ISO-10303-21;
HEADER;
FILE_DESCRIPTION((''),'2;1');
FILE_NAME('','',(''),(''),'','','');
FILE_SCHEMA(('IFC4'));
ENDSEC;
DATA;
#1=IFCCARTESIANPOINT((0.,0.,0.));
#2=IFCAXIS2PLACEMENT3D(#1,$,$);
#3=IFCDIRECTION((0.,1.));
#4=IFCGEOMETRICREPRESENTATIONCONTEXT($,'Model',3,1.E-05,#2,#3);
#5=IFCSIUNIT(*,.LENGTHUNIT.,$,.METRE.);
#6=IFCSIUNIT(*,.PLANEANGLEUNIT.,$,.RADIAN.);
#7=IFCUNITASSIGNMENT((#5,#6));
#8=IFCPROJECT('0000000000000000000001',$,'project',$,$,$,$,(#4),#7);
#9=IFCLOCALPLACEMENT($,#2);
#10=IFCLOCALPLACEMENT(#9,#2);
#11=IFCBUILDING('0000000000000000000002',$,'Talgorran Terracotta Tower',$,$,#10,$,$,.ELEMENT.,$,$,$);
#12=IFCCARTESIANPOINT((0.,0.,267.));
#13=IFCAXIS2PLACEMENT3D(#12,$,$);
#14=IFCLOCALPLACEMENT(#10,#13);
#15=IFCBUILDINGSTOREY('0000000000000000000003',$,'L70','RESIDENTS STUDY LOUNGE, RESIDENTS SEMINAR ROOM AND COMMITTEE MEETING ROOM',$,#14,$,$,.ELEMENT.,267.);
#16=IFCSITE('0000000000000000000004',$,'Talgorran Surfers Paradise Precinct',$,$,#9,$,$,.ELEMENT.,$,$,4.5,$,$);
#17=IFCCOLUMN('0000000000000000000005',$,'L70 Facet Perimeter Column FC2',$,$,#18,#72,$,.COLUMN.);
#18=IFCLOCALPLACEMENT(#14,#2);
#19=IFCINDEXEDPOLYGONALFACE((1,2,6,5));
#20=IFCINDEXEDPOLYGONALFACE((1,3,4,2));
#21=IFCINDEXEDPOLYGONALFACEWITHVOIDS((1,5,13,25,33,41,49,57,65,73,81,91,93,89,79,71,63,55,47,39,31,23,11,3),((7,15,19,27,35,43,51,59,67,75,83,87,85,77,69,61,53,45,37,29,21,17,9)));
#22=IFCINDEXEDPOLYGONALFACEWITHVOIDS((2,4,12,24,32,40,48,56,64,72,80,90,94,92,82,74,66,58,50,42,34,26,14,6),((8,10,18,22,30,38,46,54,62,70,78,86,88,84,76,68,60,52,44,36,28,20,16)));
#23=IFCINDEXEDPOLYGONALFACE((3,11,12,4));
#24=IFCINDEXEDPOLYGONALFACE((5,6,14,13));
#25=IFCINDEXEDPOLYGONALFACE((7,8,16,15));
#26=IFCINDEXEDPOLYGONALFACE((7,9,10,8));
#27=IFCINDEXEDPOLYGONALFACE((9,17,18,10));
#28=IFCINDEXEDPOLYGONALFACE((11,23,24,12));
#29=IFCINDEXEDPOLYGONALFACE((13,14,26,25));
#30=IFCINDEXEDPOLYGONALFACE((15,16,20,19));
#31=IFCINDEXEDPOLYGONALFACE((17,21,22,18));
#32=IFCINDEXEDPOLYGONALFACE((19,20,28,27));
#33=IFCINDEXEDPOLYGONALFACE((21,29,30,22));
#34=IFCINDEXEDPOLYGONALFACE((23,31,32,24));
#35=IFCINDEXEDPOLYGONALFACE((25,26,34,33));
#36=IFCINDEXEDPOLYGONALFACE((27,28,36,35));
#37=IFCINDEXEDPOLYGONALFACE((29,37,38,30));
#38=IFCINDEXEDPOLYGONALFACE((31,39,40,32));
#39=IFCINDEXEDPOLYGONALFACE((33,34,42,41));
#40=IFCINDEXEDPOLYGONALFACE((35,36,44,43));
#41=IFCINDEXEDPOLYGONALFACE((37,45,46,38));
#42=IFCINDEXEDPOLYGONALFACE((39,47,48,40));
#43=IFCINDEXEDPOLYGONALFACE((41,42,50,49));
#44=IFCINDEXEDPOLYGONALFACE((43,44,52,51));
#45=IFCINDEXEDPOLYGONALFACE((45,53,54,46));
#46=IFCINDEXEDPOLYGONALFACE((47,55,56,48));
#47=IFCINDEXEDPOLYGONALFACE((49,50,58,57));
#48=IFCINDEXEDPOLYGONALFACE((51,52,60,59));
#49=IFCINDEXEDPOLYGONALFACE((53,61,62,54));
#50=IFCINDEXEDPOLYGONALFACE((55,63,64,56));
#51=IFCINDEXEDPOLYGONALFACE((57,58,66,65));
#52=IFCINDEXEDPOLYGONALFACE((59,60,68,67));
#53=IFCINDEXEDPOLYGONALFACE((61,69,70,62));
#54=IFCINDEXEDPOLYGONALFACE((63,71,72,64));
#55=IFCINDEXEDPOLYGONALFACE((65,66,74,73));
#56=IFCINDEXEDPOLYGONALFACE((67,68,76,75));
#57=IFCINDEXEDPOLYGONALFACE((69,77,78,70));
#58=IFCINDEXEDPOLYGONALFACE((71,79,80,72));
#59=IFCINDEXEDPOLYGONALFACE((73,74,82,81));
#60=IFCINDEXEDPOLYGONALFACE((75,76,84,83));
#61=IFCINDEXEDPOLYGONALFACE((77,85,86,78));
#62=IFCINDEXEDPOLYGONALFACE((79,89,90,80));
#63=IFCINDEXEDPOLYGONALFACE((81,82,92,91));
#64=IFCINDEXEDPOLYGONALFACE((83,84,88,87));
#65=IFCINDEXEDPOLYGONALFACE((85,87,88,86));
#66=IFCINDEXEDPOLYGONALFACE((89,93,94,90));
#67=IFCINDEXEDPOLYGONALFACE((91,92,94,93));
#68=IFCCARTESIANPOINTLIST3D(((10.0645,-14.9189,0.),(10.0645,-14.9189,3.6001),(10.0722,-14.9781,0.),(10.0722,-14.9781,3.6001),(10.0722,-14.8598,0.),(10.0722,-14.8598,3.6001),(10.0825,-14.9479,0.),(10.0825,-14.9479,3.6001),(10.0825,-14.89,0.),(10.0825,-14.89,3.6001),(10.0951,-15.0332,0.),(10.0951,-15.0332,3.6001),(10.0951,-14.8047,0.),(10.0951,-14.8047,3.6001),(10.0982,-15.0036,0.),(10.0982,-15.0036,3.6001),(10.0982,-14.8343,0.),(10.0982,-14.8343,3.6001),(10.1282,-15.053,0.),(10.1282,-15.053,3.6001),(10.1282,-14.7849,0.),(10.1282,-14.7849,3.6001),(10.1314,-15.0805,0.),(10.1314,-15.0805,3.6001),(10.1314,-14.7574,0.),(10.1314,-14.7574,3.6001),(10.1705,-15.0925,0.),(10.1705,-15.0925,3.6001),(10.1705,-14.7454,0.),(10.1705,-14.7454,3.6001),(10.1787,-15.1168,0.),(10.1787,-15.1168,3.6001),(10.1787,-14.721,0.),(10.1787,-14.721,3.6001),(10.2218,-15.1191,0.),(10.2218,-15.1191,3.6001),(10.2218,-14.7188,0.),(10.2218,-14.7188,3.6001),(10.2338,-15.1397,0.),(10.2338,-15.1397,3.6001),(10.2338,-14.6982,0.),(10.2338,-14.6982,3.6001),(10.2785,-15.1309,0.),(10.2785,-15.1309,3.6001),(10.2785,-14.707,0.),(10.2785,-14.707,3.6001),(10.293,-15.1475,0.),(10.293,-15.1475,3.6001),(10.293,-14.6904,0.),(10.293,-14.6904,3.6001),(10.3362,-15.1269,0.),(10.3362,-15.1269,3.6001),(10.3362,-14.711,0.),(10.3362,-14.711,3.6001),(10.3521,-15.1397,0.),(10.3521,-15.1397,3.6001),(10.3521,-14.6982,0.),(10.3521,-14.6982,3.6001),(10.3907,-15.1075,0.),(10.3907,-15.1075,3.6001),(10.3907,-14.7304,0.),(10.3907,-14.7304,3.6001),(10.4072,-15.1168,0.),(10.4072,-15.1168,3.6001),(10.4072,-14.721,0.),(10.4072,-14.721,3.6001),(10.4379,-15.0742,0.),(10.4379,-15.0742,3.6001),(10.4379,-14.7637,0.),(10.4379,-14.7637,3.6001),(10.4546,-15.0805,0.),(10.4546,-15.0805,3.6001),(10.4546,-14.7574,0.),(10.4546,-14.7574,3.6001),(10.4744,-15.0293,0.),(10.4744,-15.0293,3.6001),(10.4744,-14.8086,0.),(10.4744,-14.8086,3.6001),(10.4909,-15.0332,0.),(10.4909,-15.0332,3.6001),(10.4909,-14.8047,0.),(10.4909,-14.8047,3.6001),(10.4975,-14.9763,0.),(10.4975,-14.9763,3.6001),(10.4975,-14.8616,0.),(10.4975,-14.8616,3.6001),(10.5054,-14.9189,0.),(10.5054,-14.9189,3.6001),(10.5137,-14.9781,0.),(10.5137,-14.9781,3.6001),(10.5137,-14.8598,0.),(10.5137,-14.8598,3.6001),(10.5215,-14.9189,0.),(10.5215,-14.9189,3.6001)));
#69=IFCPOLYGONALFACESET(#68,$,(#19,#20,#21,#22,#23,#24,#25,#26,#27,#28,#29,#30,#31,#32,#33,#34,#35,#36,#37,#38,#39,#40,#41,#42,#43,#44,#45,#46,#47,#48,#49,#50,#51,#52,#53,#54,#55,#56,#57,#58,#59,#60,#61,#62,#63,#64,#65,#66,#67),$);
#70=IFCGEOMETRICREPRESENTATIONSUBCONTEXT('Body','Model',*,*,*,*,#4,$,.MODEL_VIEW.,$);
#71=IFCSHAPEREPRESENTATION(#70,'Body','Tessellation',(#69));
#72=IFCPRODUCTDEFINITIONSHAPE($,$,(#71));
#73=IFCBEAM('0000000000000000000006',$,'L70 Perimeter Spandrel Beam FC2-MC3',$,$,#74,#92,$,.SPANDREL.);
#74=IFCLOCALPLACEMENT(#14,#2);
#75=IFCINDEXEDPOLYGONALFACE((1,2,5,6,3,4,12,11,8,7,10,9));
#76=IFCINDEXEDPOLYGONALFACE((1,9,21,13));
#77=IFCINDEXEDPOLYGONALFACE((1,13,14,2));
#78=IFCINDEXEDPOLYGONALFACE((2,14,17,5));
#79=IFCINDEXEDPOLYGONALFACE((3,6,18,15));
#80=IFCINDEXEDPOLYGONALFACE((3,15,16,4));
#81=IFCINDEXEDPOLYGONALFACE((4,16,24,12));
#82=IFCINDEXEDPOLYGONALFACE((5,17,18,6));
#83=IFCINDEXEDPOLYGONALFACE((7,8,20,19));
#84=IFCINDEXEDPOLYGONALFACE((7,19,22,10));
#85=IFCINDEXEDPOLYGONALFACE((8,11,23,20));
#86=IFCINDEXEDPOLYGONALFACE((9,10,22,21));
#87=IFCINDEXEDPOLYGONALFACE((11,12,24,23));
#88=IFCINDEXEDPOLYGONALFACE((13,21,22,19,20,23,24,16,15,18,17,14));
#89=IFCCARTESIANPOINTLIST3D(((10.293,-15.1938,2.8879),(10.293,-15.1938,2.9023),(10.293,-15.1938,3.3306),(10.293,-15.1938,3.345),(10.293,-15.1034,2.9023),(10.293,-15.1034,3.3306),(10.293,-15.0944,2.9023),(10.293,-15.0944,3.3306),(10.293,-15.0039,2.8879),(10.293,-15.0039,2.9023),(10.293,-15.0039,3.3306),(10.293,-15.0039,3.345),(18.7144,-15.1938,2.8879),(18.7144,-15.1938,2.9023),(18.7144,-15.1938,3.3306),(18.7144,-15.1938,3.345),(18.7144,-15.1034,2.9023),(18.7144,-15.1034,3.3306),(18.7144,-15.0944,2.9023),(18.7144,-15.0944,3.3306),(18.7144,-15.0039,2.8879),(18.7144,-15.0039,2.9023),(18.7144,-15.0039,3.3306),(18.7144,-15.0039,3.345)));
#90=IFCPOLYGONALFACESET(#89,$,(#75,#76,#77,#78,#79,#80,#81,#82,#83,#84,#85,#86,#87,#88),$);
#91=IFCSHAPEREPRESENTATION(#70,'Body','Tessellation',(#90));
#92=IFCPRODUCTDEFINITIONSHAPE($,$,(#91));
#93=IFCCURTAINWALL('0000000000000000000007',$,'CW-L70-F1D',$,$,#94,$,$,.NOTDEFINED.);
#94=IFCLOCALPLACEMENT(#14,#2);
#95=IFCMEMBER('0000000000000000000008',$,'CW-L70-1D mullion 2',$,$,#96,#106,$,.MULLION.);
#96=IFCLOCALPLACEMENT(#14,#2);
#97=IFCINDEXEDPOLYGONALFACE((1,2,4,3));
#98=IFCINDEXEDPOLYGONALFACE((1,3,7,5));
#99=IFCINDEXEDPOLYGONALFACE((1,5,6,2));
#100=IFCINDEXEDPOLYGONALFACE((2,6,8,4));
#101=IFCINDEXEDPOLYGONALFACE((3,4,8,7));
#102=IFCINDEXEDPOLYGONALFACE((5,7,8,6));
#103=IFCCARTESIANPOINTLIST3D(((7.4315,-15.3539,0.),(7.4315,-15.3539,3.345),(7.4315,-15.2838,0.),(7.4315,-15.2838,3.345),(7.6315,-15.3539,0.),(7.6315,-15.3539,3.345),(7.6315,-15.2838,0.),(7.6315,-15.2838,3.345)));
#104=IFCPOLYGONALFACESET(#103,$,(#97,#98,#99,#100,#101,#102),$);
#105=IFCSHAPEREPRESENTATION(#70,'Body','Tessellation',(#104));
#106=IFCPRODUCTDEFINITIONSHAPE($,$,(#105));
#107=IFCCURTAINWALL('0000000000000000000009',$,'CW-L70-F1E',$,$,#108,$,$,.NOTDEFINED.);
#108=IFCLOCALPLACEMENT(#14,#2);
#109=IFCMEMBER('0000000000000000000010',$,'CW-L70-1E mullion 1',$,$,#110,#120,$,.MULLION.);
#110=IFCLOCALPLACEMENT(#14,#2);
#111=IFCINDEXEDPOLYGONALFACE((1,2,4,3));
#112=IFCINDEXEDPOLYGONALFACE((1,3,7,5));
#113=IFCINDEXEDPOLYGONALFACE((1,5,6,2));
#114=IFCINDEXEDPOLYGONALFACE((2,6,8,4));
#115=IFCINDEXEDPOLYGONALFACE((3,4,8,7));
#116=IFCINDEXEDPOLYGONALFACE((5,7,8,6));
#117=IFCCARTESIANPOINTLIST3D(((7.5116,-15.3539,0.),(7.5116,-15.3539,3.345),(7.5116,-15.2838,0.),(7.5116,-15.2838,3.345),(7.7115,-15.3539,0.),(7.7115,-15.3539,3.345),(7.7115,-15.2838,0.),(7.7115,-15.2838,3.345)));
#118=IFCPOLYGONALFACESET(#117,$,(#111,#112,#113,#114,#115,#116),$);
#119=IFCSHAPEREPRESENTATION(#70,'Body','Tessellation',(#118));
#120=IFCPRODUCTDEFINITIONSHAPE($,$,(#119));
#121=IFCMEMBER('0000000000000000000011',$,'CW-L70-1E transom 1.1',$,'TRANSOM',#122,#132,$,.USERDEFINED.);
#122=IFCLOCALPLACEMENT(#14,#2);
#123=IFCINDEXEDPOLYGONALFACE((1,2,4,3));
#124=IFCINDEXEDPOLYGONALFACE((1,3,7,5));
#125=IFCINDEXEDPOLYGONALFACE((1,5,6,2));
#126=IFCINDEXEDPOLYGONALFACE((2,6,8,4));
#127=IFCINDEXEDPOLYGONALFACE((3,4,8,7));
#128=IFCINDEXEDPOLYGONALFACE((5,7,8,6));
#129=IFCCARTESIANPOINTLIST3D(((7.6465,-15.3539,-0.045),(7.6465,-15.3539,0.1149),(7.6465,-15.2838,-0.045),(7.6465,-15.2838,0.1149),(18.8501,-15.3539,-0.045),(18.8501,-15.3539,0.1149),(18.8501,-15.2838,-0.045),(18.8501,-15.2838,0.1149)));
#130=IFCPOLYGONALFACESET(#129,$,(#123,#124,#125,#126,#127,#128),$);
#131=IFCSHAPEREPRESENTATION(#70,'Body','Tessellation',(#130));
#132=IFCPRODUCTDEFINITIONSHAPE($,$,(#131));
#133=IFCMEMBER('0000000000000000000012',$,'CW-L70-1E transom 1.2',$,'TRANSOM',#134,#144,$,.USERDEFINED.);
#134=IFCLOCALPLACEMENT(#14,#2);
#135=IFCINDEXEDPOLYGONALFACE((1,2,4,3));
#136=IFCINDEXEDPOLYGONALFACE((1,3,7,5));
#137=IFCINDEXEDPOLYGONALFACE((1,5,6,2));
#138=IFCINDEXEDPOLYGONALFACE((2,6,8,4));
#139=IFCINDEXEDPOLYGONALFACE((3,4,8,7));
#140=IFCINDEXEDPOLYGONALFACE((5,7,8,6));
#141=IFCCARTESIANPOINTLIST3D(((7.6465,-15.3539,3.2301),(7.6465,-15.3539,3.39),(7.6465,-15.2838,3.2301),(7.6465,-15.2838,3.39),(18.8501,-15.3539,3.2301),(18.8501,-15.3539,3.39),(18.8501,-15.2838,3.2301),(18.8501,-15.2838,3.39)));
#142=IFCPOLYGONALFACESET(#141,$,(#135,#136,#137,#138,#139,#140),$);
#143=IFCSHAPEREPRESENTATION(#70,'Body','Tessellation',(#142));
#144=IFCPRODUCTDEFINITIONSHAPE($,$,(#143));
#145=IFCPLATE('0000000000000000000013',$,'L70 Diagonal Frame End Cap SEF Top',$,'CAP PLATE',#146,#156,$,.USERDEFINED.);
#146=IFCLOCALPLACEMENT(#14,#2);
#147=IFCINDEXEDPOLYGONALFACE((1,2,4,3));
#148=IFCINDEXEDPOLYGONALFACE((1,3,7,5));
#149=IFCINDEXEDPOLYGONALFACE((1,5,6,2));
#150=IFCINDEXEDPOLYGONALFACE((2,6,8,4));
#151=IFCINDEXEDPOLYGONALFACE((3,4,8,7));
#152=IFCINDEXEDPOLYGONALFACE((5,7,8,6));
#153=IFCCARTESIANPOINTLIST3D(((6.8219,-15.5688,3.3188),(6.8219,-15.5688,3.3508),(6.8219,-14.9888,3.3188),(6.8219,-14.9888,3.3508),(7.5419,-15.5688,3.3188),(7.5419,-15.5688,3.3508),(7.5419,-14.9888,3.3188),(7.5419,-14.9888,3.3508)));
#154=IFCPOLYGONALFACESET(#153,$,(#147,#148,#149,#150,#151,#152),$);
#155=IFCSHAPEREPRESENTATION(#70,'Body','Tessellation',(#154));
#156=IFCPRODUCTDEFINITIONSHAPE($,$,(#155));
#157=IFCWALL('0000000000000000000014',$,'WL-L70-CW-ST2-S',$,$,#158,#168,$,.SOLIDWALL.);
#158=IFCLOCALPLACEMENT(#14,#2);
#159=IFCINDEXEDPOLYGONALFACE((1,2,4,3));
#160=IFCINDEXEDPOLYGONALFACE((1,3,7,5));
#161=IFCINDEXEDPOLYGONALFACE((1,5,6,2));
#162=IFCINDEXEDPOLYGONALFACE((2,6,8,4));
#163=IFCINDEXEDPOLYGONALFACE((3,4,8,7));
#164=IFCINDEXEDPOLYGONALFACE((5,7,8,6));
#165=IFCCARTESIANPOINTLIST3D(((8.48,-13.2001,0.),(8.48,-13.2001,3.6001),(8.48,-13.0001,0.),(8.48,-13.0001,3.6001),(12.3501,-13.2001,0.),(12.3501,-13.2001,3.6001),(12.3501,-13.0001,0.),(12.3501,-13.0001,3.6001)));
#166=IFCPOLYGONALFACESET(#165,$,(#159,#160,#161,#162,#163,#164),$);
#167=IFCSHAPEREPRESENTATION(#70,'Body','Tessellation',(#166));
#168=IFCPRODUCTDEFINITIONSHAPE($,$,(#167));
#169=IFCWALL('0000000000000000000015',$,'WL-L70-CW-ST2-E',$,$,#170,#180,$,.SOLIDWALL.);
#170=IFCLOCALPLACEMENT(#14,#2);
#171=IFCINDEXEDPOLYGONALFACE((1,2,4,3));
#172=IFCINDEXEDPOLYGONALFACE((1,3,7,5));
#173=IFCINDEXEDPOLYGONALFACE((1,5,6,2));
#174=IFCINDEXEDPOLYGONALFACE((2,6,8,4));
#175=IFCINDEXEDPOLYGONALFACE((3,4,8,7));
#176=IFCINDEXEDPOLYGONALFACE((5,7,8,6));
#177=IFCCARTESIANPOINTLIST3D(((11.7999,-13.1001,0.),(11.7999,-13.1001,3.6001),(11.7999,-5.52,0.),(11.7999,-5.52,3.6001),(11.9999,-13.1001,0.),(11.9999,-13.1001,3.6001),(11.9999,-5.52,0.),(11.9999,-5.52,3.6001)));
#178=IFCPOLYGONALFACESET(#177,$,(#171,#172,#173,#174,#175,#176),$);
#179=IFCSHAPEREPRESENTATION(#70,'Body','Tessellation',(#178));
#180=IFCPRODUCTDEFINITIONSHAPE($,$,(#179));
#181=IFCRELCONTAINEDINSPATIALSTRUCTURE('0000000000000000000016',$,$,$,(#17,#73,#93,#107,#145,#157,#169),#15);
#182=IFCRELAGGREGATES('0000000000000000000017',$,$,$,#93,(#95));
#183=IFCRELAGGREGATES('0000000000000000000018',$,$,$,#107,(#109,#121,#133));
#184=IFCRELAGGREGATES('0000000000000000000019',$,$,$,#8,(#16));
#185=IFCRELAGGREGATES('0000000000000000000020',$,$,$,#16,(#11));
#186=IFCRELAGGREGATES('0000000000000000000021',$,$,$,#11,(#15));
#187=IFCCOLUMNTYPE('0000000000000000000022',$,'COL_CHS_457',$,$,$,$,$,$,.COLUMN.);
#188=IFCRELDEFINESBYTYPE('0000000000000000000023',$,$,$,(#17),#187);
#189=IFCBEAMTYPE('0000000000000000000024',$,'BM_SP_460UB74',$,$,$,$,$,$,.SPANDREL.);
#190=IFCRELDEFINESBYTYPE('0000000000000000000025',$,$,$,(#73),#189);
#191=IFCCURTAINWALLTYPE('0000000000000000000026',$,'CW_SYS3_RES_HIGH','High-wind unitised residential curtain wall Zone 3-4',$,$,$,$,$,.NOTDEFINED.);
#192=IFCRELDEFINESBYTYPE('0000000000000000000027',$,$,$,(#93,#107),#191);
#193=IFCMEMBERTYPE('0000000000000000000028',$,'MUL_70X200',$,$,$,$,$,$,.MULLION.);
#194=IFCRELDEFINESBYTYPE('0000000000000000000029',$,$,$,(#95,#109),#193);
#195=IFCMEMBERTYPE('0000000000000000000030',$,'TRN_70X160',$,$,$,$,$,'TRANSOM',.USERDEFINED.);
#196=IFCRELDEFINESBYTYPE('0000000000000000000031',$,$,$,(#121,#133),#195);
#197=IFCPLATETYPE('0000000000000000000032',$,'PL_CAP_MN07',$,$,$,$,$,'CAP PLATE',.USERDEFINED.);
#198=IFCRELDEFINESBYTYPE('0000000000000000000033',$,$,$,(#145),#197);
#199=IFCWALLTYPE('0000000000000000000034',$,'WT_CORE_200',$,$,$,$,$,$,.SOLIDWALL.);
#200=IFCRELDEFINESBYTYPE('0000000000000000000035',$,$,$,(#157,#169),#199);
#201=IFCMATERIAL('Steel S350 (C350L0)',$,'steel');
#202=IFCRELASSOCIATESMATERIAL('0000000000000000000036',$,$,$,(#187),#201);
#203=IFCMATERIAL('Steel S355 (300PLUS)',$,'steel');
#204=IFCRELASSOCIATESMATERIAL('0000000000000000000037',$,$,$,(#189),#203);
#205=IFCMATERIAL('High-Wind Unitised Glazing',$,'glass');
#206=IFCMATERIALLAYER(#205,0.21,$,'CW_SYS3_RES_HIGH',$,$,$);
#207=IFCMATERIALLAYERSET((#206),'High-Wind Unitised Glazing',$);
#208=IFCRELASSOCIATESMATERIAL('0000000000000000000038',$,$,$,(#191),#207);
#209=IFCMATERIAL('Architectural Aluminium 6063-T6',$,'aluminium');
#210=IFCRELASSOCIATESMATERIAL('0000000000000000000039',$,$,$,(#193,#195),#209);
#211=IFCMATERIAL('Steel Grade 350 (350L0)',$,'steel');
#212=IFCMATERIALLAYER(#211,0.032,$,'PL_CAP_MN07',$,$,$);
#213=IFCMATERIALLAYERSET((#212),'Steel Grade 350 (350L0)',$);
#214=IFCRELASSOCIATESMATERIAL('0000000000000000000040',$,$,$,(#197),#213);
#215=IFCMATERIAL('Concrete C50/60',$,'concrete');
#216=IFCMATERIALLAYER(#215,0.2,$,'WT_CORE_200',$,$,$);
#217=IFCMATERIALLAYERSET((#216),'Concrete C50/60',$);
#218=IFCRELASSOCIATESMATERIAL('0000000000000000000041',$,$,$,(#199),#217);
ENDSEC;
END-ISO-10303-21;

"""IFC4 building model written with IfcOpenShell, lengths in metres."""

from ifc_helpers import new_model, si_unit, direction, frame, frame_2d, origin, origin_2d, place, context, subcontext, project, spatial, rectangle, hollow_circle, i_section, extrude, material, layer, layer_set, material_profile, profile_set, type_object, element, aggregate, save


model = new_model("IFC4")

# Units and contexts
model_context = context("Model", 3, precision=1e-05, world=origin(), true_north=direction((0.0, 1.0)))
body_context = subcontext(model_context, "Body", "Model", "MODEL_VIEW")
ifc_project = project(units=[si_unit("LENGTHUNIT", "METRE"), si_unit("PLANEANGLEUNIT", "RADIAN")], contexts=[model_context])

# Site, building, storey
site_placement = place(None, origin())
site = spatial("IfcSite", under=ifc_project, at=site_placement, Name="Talgorran Surfers Paradise Precinct", CompositionType="ELEMENT", RefElevation=4.5)
building_placement = place(site_placement, origin())
building = spatial("IfcBuilding", under=site, at=building_placement, Name="Talgorran Terracotta Tower", CompositionType="ELEMENT")
storey_placement = place(building_placement, frame((0.0, 0.0, 267.0)))
storey = spatial("IfcBuildingStorey", under=building, at=storey_placement, Name="L70", Description="RESIDENTS STUDY LOUNGE, RESIDENTS SEMINAR ROOM AND COMMITTEE MEETING ROOM", CompositionType="ELEMENT", Elevation=267.0)

# Column
ifc_material_1 = material(Name="Steel S350 (C350L0)", Category="steel")
ifc_material_profile_1 = material_profile(ifc_material_1, hollow_circle(Radius=0.2285, WallThickness=0.0161, at=origin_2d()), Name="CHS457X16")
ifc_profile_set_1 = profile_set([ifc_material_profile_1], Name="Steel S350 (C350L0)")
column_type = type_object("IfcColumnType", Name="COL_CHS_457", PredefinedType="COLUMN", material=ifc_profile_set_1)
column_placement = place(storey_placement, frame((10.293, -14.9189, 0.0), z_axis=(0.0, 0.0, 1.0), x_axis=(1.0, 0.0, 0.0)))
element("IfcColumn", 1, at=column_placement, inside=storey, type_object=column_type, Name="L70 Facet Perimeter Column FC2", PredefinedType="COLUMN", context=body_context, shape_type="SweptSolid", body=[
    extrude(hollow_circle(Radius=0.2285, WallThickness=0.0161, at=origin_2d()), origin(), (0.0, 0.0, 1.0), 3.6001),
])

# Beam
ifc_material_2 = material(Name="Steel S355 (300PLUS)", Category="steel")
ifc_material_profile_2 = material_profile(ifc_material_2, i_section(OverallWidth=0.1899, OverallDepth=0.457, WebThickness=0.009, FlangeThickness=0.0144, at=origin_2d()), Name="460UB74.6")
ifc_profile_set_2 = profile_set([ifc_material_profile_2], Name="Steel S355 (300PLUS)")
beam_type = type_object("IfcBeamType", Name="BM_SP_460UB74", PredefinedType="SPANDREL", material=ifc_profile_set_2)
beam_placement = place(storey_placement, frame((10.293, -15.0989, 3.1165), z_axis=(1.0, 0.0, 0.0), x_axis=(0.0, 1.0, 0.0)))
element("IfcBeam", 2, at=beam_placement, inside=storey, type_object=beam_type, Name="L70 Perimeter Spandrel Beam FC2-MC3", PredefinedType="SPANDREL", context=body_context, shape_type="SweptSolid", body=[
    extrude(i_section(OverallWidth=0.1899, OverallDepth=0.457, WebThickness=0.009, FlangeThickness=0.0144, at=origin_2d()), origin(), (0.0, 0.0, 1.0), 8.4214),
])

# Curtain wall, member
ifc_material_3 = material(Name="High-Wind Unitised Glazing", Category="glass")
ifc_layer_1 = layer(ifc_material_3, 0.21, Name="CW_SYS3_RES_HIGH")
ifc_layer_set_1 = layer_set([ifc_layer_1], Name="High-Wind Unitised Glazing")
curtain_wall_type = type_object("IfcCurtainWallType", Name="CW_SYS3_RES_HIGH", Description="High-wind unitised residential curtain wall Zone 3-4", PredefinedType="NOTDEFINED", material=ifc_layer_set_1)
curtain_wall_1_placement = place(storey_placement, origin())
curtain_wall_1 = element("IfcCurtainWall", 3, at=curtain_wall_1_placement, inside=storey, type_object=curtain_wall_type, Name="CW-L70-F1D", PredefinedType="NOTDEFINED")
ifc_material_4 = material(Name="Architectural Aluminium 6063-T6", Category="aluminium")
ifc_material_profile_3 = material_profile(ifc_material_4, rectangle(XDim=0.0701, YDim=0.2, at=origin_2d()), Name="CWM70X200")
ifc_profile_set_3 = profile_set([ifc_material_profile_3], Name="Architectural Aluminium 6063-T6")
member_type_1 = type_object("IfcMemberType", Name="MUL_70X200", PredefinedType="MULLION", material=ifc_profile_set_3)
member_1_placement = place(storey_placement, frame((7.5315, -15.3188, 0.0), z_axis=(0.0, 0.0, 1.0), x_axis=(0.0, 1.0, 0.0)))
member_1 = element("IfcMember", 4, at=member_1_placement, type_object=member_type_1, Name="CW-L70-1D mullion 2", PredefinedType="MULLION", context=body_context, shape_type="SweptSolid", body=[
    extrude(rectangle(XDim=0.0701, YDim=0.2, at=origin_2d()), origin(), (0.0, 0.0, 1.0), 3.345),
])
aggregate(curtain_wall_1, [member_1])

# Curtain wall, members
curtain_wall_2_placement = place(storey_placement, origin())
curtain_wall_2 = element("IfcCurtainWall", 5, at=curtain_wall_2_placement, inside=storey, type_object=curtain_wall_type, Name="CW-L70-F1E", PredefinedType="NOTDEFINED")
member_2_placement = place(storey_placement, frame((7.6116, -15.3188, 0.0), z_axis=(0.0, 0.0, 1.0), x_axis=(0.0, 1.0, 0.0)))
member_2 = element("IfcMember", 6, at=member_2_placement, type_object=member_type_1, Name="CW-L70-1E mullion 1", PredefinedType="MULLION", context=body_context, shape_type="SweptSolid", body=[
    extrude(rectangle(XDim=0.0701, YDim=0.2, at=origin_2d()), origin(), (0.0, 0.0, 1.0), 3.345),
])
ifc_material_profile_4 = material_profile(ifc_material_4, rectangle(XDim=0.0701, YDim=0.1599, at=origin_2d()), Name="CWT70X160")
ifc_profile_set_4 = profile_set([ifc_material_profile_4], Name="Architectural Aluminium 6063-T6")
member_type_2 = type_object("IfcMemberType", Name="TRN_70X160", ElementType="TRANSOM", PredefinedType="USERDEFINED", material=ifc_profile_set_4)
member_3_placement = place(storey_placement, frame((7.6465, -15.3188, 0.0349), z_axis=(1.0, 0.0, 0.0), x_axis=(0.0, 1.0, 0.0)))
member_3 = element("IfcMember", 7, at=member_3_placement, type_object=member_type_2, Name="CW-L70-1E transom 1.1", ObjectType="TRANSOM", PredefinedType="USERDEFINED", context=body_context, shape_type="SweptSolid", body=[
    extrude(rectangle(XDim=0.0701, YDim=0.1599, at=origin_2d()), origin(), (0.0, 0.0, 1.0), 11.2036),
])
member_4_placement = place(storey_placement, frame((7.6465, -15.3188, 3.3101), z_axis=(1.0, 0.0, 0.0), x_axis=(0.0, 1.0, 0.0)))
member_4 = element("IfcMember", 8, at=member_4_placement, type_object=member_type_2, Name="CW-L70-1E transom 1.2", ObjectType="TRANSOM", PredefinedType="USERDEFINED", context=body_context, shape_type="SweptSolid", body=[
    extrude(rectangle(XDim=0.0701, YDim=0.1599, at=origin_2d()), origin(), (0.0, 0.0, 1.0), 11.2036),
])
aggregate(curtain_wall_2, [member_2, member_3, member_4])

# Plate
ifc_material_5 = material(Name="Steel Grade 350 (350L0)", Category="steel")
ifc_layer_2 = layer(ifc_material_5, 0.032, Name="PL_CAP_MN07")
ifc_layer_set_2 = layer_set([ifc_layer_2], Name="Steel Grade 350 (350L0)")
plate_type = type_object("IfcPlateType", Name="PL_CAP_MN07", ElementType="CAP PLATE", PredefinedType="USERDEFINED", material=ifc_layer_set_2)
plate_placement = place(storey_placement, frame((7.1819, -15.2788, 3.3188), z_axis=(0.0, 0.0, 1.0), x_axis=(1.0, 0.0, 0.0)))
element("IfcPlate", 9, at=plate_placement, inside=storey, type_object=plate_type, Name="L70 Diagonal Frame End Cap SEF Top", ObjectType="CAP PLATE", PredefinedType="USERDEFINED", context=body_context, shape_type="SweptSolid", body=[
    extrude(rectangle(XDim=0.72, YDim=0.5801, at=origin_2d()), origin(), (0.0, 0.0, 1.0), 0.032),
])

# Walls
ifc_material_6 = material(Name="Concrete C50/60", Category="concrete")
ifc_layer_3 = layer(ifc_material_6, 0.2, Name="WT_CORE_200")
ifc_layer_set_3 = layer_set([ifc_layer_3], Name="Concrete C50/60")
wall_type_1 = type_object("IfcWallType", Name="WT_CORE_200", PredefinedType="SOLIDWALL", material=ifc_layer_set_3)
wall_1_placement = place(storey_placement, frame((8.48, -13.1001, 0.0), z_axis=(0.0, 0.0, 1.0), x_axis=(1.0, 0.0, 0.0)))
element("IfcWall", 10, at=wall_1_placement, inside=storey, type_object=wall_type_1, Name="WL-L70-CW-ST2-S", PredefinedType="SOLIDWALL", context=body_context, shape_type="SweptSolid", body=[
    extrude(rectangle(XDim=3.8701, YDim=0.2, at=frame_2d((1.9351, 0.0))), origin(), (0.0, 0.0, 1.0), 3.6001),
])
wall_2_placement = place(storey_placement, frame((11.8999, -13.1001, 0.0), z_axis=(0.0, 0.0, 1.0), x_axis=(0.0, 1.0, 0.0)))
element("IfcWall", 11, at=wall_2_placement, inside=storey, type_object=wall_type_1, Name="WL-L70-CW-ST2-E", PredefinedType="SOLIDWALL", context=body_context, shape_type="SweptSolid", body=[
    extrude(rectangle(XDim=7.5801, YDim=0.2, at=frame_2d((3.79, 0.0))), origin(), (0.0, 0.0, 1.0), 3.6001),
])

save(model, "model.ifc")
